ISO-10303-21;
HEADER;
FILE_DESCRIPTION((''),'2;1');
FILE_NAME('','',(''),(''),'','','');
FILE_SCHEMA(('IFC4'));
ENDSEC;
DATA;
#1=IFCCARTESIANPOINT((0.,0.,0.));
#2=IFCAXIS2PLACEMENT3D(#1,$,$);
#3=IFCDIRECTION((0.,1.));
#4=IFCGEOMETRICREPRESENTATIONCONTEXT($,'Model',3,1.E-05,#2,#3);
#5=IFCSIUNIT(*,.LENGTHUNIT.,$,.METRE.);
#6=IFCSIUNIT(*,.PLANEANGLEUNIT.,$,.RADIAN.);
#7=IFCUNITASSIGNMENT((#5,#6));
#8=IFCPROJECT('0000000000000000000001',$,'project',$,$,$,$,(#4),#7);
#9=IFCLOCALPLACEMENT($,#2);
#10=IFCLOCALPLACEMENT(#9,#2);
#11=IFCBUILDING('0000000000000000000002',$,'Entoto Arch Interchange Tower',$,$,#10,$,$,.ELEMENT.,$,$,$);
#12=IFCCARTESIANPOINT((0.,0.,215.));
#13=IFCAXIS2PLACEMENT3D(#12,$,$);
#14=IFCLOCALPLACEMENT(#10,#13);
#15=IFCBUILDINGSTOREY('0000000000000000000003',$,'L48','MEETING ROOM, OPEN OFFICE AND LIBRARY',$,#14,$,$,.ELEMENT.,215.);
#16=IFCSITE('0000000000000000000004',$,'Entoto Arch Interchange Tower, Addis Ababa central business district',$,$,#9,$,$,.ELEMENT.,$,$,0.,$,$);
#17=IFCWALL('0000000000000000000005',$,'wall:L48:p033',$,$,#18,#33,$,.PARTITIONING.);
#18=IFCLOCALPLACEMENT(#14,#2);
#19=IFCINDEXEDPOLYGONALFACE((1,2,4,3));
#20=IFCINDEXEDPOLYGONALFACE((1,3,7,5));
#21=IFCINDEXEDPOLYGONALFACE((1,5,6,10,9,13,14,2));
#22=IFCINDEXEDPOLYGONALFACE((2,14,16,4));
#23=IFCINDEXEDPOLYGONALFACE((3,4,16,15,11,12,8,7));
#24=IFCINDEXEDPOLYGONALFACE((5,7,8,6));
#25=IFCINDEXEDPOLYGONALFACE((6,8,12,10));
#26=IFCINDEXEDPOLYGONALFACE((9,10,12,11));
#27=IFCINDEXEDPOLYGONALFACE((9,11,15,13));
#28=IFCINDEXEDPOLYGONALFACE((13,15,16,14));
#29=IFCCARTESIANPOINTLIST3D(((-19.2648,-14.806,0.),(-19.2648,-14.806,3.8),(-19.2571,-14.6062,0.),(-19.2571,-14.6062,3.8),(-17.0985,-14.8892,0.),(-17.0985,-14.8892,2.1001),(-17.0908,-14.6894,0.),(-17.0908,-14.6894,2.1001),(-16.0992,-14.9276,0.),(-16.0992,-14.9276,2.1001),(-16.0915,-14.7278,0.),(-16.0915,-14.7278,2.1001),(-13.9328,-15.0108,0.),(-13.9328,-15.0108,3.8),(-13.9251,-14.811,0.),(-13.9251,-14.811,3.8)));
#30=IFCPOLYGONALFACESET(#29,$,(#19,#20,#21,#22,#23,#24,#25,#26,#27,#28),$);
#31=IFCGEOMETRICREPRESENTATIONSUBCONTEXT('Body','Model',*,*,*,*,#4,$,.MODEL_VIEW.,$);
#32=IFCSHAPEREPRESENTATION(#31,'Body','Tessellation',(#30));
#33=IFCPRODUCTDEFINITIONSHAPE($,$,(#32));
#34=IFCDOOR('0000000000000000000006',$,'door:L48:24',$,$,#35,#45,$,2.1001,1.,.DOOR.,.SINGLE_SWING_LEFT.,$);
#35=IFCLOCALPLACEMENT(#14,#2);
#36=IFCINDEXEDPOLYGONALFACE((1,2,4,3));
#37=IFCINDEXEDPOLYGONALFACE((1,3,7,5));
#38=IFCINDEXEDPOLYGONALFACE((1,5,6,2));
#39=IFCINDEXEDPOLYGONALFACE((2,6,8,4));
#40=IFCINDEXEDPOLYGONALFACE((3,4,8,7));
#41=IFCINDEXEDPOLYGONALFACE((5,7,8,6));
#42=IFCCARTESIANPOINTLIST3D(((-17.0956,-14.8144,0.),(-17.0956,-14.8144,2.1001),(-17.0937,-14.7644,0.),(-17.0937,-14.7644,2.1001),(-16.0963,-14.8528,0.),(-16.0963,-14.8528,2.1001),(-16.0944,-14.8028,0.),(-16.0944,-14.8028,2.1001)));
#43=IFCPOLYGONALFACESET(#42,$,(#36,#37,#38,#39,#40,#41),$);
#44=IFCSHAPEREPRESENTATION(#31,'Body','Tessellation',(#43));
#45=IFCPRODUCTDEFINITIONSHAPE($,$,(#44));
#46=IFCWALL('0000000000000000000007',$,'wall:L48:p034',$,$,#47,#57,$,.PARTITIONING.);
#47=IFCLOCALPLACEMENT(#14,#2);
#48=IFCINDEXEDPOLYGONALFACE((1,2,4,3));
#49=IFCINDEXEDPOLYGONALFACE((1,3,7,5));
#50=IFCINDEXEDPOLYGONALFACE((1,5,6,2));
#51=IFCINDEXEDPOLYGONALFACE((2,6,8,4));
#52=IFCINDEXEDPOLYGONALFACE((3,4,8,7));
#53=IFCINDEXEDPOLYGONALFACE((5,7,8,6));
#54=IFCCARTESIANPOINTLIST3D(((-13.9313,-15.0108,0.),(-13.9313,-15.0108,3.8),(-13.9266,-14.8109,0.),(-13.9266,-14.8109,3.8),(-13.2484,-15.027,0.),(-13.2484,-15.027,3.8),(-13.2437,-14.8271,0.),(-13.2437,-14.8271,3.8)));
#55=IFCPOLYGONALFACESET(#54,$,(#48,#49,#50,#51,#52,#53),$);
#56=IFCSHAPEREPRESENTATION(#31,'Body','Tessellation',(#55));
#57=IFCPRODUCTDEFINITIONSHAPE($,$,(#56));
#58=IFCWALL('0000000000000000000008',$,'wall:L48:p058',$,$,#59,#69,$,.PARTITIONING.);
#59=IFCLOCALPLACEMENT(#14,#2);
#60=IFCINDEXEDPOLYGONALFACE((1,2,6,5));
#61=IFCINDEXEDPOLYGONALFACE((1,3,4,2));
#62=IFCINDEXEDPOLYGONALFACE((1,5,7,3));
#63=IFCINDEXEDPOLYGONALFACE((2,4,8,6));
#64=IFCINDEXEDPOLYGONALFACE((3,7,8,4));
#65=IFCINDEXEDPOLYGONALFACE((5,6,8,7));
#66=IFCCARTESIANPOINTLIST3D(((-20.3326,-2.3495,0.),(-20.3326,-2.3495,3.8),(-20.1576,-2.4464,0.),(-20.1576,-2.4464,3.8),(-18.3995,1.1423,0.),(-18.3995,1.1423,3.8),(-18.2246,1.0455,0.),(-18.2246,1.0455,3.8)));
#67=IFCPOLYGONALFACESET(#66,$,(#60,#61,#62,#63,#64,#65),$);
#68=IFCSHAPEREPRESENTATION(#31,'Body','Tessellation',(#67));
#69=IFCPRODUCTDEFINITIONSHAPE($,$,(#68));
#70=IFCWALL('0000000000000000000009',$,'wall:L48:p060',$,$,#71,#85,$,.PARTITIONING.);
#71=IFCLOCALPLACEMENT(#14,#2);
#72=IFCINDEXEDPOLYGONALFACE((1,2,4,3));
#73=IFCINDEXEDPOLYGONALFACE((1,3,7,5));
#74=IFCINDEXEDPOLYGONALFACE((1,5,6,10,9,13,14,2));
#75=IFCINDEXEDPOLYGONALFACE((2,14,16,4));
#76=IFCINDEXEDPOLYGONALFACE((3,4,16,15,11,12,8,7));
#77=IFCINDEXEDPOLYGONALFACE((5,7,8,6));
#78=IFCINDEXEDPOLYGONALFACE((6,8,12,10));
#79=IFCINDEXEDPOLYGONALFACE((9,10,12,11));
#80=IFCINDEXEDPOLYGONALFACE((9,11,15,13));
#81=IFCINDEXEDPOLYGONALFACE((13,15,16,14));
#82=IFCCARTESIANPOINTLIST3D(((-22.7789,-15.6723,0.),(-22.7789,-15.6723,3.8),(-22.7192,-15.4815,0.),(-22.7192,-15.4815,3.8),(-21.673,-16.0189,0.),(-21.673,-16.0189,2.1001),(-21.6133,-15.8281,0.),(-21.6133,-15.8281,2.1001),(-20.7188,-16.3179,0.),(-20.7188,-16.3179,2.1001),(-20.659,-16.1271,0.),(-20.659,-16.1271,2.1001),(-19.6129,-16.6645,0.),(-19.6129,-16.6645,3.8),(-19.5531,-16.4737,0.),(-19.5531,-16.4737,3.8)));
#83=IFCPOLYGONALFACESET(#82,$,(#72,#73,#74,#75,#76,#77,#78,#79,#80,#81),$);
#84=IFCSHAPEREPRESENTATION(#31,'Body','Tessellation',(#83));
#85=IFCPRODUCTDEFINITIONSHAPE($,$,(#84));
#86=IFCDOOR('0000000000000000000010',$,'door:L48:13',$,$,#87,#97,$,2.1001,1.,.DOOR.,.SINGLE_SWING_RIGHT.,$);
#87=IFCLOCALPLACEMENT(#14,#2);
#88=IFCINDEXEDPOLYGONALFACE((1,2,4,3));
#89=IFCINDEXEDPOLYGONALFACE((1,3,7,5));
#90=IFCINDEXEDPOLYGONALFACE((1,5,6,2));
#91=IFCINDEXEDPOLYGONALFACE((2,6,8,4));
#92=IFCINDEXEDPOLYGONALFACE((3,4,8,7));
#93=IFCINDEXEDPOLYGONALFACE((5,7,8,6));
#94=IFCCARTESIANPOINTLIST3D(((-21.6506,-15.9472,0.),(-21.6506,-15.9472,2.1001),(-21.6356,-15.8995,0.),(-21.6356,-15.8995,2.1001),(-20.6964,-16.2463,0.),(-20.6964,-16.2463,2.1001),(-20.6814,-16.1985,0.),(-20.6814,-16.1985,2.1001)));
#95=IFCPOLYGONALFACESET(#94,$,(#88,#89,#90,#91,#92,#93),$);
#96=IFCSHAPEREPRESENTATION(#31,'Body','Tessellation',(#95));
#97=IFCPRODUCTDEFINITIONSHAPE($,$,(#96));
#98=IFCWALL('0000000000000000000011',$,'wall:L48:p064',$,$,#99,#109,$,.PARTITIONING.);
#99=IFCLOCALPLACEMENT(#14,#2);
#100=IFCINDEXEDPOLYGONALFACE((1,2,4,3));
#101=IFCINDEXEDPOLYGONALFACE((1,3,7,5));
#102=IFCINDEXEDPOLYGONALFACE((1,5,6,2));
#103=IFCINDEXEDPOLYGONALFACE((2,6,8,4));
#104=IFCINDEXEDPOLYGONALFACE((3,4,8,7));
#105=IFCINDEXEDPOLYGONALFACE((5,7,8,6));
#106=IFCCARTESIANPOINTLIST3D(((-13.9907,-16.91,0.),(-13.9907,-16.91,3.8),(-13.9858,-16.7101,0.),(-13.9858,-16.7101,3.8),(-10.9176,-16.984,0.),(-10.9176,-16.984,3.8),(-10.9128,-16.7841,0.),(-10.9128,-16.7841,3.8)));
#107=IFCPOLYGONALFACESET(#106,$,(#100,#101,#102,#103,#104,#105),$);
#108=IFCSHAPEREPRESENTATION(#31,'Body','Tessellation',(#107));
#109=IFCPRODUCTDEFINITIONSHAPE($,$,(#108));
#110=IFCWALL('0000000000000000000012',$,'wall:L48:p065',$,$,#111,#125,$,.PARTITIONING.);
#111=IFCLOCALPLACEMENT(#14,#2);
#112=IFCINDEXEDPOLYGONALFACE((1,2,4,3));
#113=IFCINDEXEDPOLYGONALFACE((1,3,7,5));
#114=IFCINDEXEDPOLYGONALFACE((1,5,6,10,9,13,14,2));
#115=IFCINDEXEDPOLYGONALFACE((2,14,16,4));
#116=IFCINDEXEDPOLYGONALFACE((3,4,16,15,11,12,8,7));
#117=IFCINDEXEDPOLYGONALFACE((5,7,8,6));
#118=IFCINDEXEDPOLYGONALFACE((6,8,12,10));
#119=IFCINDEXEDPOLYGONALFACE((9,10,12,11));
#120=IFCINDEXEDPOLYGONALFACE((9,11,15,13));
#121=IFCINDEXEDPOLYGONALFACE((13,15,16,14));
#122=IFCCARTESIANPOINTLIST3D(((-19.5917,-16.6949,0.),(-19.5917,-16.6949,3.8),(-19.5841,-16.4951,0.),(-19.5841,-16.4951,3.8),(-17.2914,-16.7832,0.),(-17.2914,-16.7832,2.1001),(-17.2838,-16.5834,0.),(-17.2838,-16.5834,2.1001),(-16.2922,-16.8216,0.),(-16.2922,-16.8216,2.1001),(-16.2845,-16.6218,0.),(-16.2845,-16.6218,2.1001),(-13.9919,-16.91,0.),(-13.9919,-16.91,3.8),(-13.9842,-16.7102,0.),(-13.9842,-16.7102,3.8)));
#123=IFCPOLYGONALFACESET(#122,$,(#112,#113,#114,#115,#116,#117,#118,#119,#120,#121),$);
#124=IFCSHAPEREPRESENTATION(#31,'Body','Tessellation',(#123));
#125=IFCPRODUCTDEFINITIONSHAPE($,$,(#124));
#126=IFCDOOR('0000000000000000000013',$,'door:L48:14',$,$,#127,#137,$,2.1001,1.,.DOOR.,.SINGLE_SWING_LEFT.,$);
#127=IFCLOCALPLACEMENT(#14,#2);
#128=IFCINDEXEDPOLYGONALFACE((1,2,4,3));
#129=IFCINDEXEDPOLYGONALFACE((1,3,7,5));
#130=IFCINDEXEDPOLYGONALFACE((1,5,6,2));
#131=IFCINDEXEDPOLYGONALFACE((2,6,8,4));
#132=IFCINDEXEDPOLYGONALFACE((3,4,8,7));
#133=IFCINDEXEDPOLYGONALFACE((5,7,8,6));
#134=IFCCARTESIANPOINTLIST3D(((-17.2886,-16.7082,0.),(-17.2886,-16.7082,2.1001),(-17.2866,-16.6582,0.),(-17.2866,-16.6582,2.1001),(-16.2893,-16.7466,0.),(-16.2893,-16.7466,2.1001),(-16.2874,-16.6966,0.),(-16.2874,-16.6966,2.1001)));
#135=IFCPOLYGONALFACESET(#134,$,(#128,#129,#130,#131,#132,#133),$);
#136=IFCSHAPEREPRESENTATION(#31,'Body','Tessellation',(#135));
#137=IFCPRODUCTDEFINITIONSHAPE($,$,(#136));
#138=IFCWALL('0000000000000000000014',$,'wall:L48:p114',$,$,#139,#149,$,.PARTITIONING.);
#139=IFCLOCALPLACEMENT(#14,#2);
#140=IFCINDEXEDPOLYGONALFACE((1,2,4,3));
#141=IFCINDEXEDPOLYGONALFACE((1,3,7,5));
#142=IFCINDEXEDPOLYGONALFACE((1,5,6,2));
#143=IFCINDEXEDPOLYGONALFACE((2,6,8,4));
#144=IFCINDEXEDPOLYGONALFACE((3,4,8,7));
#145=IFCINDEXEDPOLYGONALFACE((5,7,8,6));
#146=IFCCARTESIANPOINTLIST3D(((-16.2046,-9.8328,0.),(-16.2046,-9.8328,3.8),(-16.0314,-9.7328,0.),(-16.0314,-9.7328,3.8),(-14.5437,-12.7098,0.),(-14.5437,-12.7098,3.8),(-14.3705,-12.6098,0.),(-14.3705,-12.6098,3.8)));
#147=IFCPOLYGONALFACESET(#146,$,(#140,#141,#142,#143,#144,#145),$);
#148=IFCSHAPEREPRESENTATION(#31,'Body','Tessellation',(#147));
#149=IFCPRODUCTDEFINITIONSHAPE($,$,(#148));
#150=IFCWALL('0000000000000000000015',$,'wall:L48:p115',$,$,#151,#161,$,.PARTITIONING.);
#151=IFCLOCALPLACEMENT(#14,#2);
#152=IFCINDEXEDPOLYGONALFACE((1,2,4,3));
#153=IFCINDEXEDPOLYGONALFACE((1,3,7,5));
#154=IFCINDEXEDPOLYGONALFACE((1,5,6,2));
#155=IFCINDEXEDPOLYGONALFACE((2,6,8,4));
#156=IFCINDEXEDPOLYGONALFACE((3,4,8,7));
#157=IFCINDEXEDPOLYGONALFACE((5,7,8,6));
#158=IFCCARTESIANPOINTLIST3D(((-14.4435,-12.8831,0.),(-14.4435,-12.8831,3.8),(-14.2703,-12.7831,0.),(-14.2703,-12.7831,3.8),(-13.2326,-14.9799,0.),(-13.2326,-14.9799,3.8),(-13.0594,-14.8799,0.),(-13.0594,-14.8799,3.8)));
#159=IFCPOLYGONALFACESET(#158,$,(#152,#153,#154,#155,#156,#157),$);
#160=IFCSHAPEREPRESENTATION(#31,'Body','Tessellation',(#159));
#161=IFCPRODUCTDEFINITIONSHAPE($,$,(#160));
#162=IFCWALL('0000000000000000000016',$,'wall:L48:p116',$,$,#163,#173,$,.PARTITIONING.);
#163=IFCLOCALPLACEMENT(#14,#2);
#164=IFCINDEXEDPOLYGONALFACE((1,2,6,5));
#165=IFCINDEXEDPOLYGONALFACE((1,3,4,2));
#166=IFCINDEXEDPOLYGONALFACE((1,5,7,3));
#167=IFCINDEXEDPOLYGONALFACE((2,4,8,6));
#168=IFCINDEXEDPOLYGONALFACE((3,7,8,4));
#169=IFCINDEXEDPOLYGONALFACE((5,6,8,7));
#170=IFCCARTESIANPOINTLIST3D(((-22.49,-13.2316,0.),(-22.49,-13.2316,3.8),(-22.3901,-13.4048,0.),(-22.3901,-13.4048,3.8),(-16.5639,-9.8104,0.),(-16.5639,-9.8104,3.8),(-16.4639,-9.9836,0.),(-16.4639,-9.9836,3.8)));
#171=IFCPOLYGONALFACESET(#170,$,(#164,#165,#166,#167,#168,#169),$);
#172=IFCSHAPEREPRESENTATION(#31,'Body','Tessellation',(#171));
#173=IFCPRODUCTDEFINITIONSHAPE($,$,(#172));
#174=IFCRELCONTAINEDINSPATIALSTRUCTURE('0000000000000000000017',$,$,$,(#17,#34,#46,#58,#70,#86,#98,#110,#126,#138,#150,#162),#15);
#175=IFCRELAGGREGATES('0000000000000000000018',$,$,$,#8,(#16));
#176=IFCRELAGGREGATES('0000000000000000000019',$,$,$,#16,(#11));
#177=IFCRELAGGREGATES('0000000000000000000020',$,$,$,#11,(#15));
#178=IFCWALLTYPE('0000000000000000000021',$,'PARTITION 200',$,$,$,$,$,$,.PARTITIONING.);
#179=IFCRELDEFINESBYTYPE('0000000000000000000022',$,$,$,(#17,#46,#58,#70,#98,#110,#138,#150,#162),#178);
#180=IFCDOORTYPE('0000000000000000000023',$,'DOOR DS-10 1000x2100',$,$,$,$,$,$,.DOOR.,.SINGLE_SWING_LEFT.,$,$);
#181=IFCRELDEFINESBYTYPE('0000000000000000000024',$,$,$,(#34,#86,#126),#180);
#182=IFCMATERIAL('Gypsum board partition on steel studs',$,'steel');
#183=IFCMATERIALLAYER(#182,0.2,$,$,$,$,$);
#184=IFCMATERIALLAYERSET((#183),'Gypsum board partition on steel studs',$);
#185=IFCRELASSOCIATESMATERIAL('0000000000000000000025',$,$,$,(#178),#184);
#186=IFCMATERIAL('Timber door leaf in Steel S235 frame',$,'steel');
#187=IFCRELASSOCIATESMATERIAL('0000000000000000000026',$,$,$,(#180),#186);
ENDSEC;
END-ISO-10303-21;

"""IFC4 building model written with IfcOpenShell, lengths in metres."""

from ifc_helpers import new_model, si_unit, direction, frame, frame_2d, origin, place, context, subcontext, project, spatial, rectangle, extrude, material, layer, layer_set, type_object, element, fill, save


model = new_model("IFC4")

# Units and contexts
model_context = context("Model", 3, precision=1e-05, world=origin(), true_north=direction((0.0, 1.0)))
body_context = subcontext(model_context, "Body", "Model", "MODEL_VIEW")
ifc_project = project(units=[si_unit("LENGTHUNIT", "METRE"), si_unit("PLANEANGLEUNIT", "RADIAN")], contexts=[model_context])

# Site, building, storey
site_placement = place(None, origin())
site = spatial("IfcSite", under=ifc_project, at=site_placement, Name="Entoto Arch Interchange Tower, Addis Ababa central business district", CompositionType="ELEMENT", RefElevation=0.0)
building_placement = place(site_placement, origin())
building = spatial("IfcBuilding", under=site, at=building_placement, Name="Entoto Arch Interchange Tower", CompositionType="ELEMENT")
storey_placement = place(building_placement, frame((0.0, 0.0, 215.0)))
storey = spatial("IfcBuildingStorey", under=building, at=storey_placement, Name="L48", Description="MEETING ROOM, OPEN OFFICE AND LIBRARY", CompositionType="ELEMENT", Elevation=215.0)

# Shared definitions
ifc_material_1 = material(Name="Gypsum board partition on steel studs", Category="steel")
ifc_layer_1 = layer(ifc_material_1, 0.2)
ifc_layer_set_1 = layer_set([ifc_layer_1], Name="Gypsum board partition on steel studs")
wall_type_1 = type_object("IfcWallType", Name="PARTITION 200", PredefinedType="PARTITIONING", material=ifc_layer_set_1)

# Shared definitions
ifc_material_2 = material(Name="Timber door leaf in Steel S235 frame", Category="steel")
door_type = type_object("IfcDoorType", Name="DOOR DS-10 1000x2100", OperationType="SINGLE_SWING_LEFT", PredefinedType="DOOR", material=ifc_material_2)

# Wall, opening, door
wall_1_placement = place(storey_placement, frame((-19.261, -14.7061, 0.0), z_axis=(0.0, 0.0, 1.0), x_axis=(0.999263, -0.038387, 0.0)))
wall_1 = element("IfcWall", 1, at=wall_1_placement, inside=storey, type_object=wall_type_1, Name="wall:L48:p033", PredefinedType="PARTITIONING", context=body_context, shape_type="SweptSolid", body=[
    extrude(rectangle(XDim=5.3359, YDim=0.2, at=frame_2d((2.668, 0.0))), origin(), (0.0, 0.0, 1.0), 3.8),
])
opening_1_placement = place(wall_1_placement, frame((2.168, 0.0, 0.0)))
opening_1 = element("IfcOpeningElement", 2, at=opening_1_placement, cuts=wall_1, PredefinedType="OPENING", context=body_context, shape_type="SweptSolid", body=[
    extrude(rectangle(XDim=1.0, YDim=2.1001, at=frame_2d((0.5, 1.05))), frame((0.0, 0.1099, 0.0), z_axis=(0.0, -1.0, 0.0), x_axis=(1.0, 0.0, 0.0)), (0.0, 0.0, 1.0), 0.22),
])
door_1_placement = place(opening_1_placement, origin())
door_1 = element("IfcDoor", 3, at=door_1_placement, inside=storey, type_object=door_type, Name="door:L48:24", OperationType="SINGLE_SWING_LEFT", OverallHeight=2.1001, OverallWidth=1.0, PredefinedType="DOOR", context=body_context, shape_type="SweptSolid", body=[
    extrude(rectangle(XDim=1.0, YDim=2.1001, at=frame_2d((0.5, 1.05))), frame((0.0, 0.0249, 0.0), z_axis=(0.0, -1.0, 0.0), x_axis=(1.0, 0.0, 0.0)), (0.0, 0.0, 1.0), 0.05),
])
fill(opening_1, door_1)

# Walls
wall_2_placement = place(storey_placement, frame((-13.929, -14.9109, 0.0), z_axis=(0.0, 0.0, 1.0), x_axis=(0.999722, -0.02359, 0.0)))
element("IfcWall", 4, at=wall_2_placement, inside=storey, type_object=wall_type_1, Name="wall:L48:p034", PredefinedType="PARTITIONING", context=body_context, shape_type="SweptSolid", body=[
    extrude(rectangle(XDim=0.6831, YDim=0.2, at=frame_2d((0.3416, 0.0))), origin(), (0.0, 0.0, 1.0), 3.8),
])
wall_3_placement = place(storey_placement, frame((-20.2451, -2.3979, 0.0), z_axis=(0.0, 0.0, 1.0), x_axis=(0.484328, 0.874886, 0.0)))
element("IfcWall", 5, at=wall_3_placement, inside=storey, type_object=wall_type_1, Name="wall:L48:p058", PredefinedType="PARTITIONING", context=body_context, shape_type="SweptSolid", body=[
    extrude(rectangle(XDim=3.9912, YDim=0.2, at=frame_2d((1.9956, 0.0))), origin(), (0.0, 0.0, 1.0), 3.8),
])

# Wall, opening, door
wall_4_placement = place(storey_placement, frame((-19.583, -16.5691, 0.0), z_axis=(0.0, 0.0, 1.0), x_axis=(-0.954239, 0.299046, 0.0)))
wall_4 = element("IfcWall", 6, at=wall_4_placement, inside=storey, type_object=wall_type_1, Name="wall:L48:p060", PredefinedType="PARTITIONING", context=body_context, shape_type="SweptSolid", body=[
    extrude(rectangle(XDim=3.3179, YDim=0.2, at=frame_2d((1.6589, 0.0))), origin(), (0.0, 0.0, 1.0), 3.8),
])
opening_2_placement = place(wall_4_placement, frame((1.1589, 0.0, 0.0)))
opening_2 = element("IfcOpeningElement", 7, at=opening_2_placement, cuts=wall_4, PredefinedType="OPENING", context=body_context, shape_type="SweptSolid", body=[
    extrude(rectangle(XDim=1.0, YDim=2.1001, at=frame_2d((0.5, 1.05))), frame((0.0, 0.1099, 0.0), z_axis=(0.0, -1.0, 0.0), x_axis=(1.0, 0.0, 0.0)), (0.0, 0.0, 1.0), 0.22),
])
door_2_placement = place(opening_2_placement, origin())
door_2 = element("IfcDoor", 8, at=door_2_placement, inside=storey, type_object=door_type, Name="door:L48:13", OperationType="SINGLE_SWING_RIGHT", OverallHeight=2.1001, OverallWidth=1.0, PredefinedType="DOOR", context=body_context, shape_type="SweptSolid", body=[
    extrude(rectangle(XDim=1.0, YDim=2.1001, at=frame_2d((0.5, 1.05))), frame((0.0, 0.0249, 0.0), z_axis=(0.0, -1.0, 0.0), x_axis=(1.0, 0.0, 0.0)), (0.0, 0.0, 1.0), 0.05),
])
fill(opening_2, door_2)

# Wall
wall_5_placement = place(storey_placement, frame((-10.915, -16.884, 0.0), z_axis=(0.0, 0.0, 1.0), x_axis=(-0.99971, 0.024065, 0.0)))
element("IfcWall", 9, at=wall_5_placement, inside=storey, type_object=wall_type_1, Name="wall:L48:p064", PredefinedType="PARTITIONING", context=body_context, shape_type="SweptSolid", body=[
    extrude(rectangle(XDim=3.074, YDim=0.2, at=frame_2d((1.5371, 0.0))), origin(), (0.0, 0.0, 1.0), 3.8),
])

# Wall, opening, door
wall_6_placement = place(storey_placement, frame((-13.988, -16.8101, 0.0), z_axis=(0.0, 0.0, 1.0), x_axis=(-0.999263, 0.038381, 0.0)))
wall_6 = element("IfcWall", 10, at=wall_6_placement, inside=storey, type_object=wall_type_1, Name="wall:L48:p065", PredefinedType="PARTITIONING", context=body_context, shape_type="SweptSolid", body=[
    extrude(rectangle(XDim=5.604, YDim=0.2, at=frame_2d((2.802, 0.0))), origin(), (0.0, 0.0, 1.0), 3.8),
])
opening_3_placement = place(wall_6_placement, frame((2.302, 0.0, 0.0)))
opening_3 = element("IfcOpeningElement", 11, at=opening_3_placement, cuts=wall_6, PredefinedType="OPENING", context=body_context, shape_type="SweptSolid", body=[
    extrude(rectangle(XDim=1.0, YDim=2.1001, at=frame_2d((0.5, 1.05))), frame((0.0, 0.1099, 0.0), z_axis=(0.0, -1.0, 0.0), x_axis=(1.0, 0.0, 0.0)), (0.0, 0.0, 1.0), 0.22),
])
door_3_placement = place(opening_3_placement, origin())
door_3 = element("IfcDoor", 12, at=door_3_placement, inside=storey, type_object=door_type, Name="door:L48:14", OperationType="SINGLE_SWING_LEFT", OverallHeight=2.1001, OverallWidth=1.0, PredefinedType="DOOR", context=body_context, shape_type="SweptSolid", body=[
    extrude(rectangle(XDim=1.0, YDim=2.1001, at=frame_2d((0.5, 1.05))), frame((0.0, 0.0249, 0.0), z_axis=(0.0, -1.0, 0.0), x_axis=(1.0, 0.0, 0.0)), (0.0, 0.0, 1.0), 0.05),
])
fill(opening_3, door_3)

# Walls
wall_7_placement = place(storey_placement, frame((-14.457, -12.6599, 0.0), z_axis=(0.0, 0.0, 1.0), x_axis=(-0.499973, 0.866041, 0.0)))
element("IfcWall", 13, at=wall_7_placement, inside=storey, type_object=wall_type_1, Name="wall:L48:p114", PredefinedType="PARTITIONING", context=body_context, shape_type="SweptSolid", body=[
    extrude(rectangle(XDim=3.322, YDim=0.2, at=frame_2d((1.6611, 0.0))), origin(), (0.0, 0.0, 1.0), 3.8),
])
wall_8_placement = place(storey_placement, frame((-13.146, -14.9299, 0.0), z_axis=(0.0, 0.0, 1.0), x_axis=(-0.500086, 0.865976, 0.0)))
element("IfcWall", 14, at=wall_8_placement, inside=storey, type_object=wall_type_1, Name="wall:L48:p115", PredefinedType="PARTITIONING", context=body_context, shape_type="SweptSolid", body=[
    extrude(rectangle(XDim=2.4214, YDim=0.2, at=frame_2d((1.2107, 0.0))), origin(), (0.0, 0.0, 1.0), 3.8),
])
wall_9_placement = place(storey_placement, frame((-16.5139, -9.897, 0.0), z_axis=(0.0, 0.0, 1.0), x_axis=(-0.866041, -0.499973, 0.0)))
element("IfcWall", 15, at=wall_9_placement, inside=storey, type_object=wall_type_1, Name="wall:L48:p116", PredefinedType="PARTITIONING", context=body_context, shape_type="SweptSolid", body=[
    extrude(rectangle(XDim=6.8428, YDim=0.2, at=frame_2d((3.4214, 0.0))), origin(), (0.0, 0.0, 1.0), 3.8),
])

save(model, "model.ifc")
